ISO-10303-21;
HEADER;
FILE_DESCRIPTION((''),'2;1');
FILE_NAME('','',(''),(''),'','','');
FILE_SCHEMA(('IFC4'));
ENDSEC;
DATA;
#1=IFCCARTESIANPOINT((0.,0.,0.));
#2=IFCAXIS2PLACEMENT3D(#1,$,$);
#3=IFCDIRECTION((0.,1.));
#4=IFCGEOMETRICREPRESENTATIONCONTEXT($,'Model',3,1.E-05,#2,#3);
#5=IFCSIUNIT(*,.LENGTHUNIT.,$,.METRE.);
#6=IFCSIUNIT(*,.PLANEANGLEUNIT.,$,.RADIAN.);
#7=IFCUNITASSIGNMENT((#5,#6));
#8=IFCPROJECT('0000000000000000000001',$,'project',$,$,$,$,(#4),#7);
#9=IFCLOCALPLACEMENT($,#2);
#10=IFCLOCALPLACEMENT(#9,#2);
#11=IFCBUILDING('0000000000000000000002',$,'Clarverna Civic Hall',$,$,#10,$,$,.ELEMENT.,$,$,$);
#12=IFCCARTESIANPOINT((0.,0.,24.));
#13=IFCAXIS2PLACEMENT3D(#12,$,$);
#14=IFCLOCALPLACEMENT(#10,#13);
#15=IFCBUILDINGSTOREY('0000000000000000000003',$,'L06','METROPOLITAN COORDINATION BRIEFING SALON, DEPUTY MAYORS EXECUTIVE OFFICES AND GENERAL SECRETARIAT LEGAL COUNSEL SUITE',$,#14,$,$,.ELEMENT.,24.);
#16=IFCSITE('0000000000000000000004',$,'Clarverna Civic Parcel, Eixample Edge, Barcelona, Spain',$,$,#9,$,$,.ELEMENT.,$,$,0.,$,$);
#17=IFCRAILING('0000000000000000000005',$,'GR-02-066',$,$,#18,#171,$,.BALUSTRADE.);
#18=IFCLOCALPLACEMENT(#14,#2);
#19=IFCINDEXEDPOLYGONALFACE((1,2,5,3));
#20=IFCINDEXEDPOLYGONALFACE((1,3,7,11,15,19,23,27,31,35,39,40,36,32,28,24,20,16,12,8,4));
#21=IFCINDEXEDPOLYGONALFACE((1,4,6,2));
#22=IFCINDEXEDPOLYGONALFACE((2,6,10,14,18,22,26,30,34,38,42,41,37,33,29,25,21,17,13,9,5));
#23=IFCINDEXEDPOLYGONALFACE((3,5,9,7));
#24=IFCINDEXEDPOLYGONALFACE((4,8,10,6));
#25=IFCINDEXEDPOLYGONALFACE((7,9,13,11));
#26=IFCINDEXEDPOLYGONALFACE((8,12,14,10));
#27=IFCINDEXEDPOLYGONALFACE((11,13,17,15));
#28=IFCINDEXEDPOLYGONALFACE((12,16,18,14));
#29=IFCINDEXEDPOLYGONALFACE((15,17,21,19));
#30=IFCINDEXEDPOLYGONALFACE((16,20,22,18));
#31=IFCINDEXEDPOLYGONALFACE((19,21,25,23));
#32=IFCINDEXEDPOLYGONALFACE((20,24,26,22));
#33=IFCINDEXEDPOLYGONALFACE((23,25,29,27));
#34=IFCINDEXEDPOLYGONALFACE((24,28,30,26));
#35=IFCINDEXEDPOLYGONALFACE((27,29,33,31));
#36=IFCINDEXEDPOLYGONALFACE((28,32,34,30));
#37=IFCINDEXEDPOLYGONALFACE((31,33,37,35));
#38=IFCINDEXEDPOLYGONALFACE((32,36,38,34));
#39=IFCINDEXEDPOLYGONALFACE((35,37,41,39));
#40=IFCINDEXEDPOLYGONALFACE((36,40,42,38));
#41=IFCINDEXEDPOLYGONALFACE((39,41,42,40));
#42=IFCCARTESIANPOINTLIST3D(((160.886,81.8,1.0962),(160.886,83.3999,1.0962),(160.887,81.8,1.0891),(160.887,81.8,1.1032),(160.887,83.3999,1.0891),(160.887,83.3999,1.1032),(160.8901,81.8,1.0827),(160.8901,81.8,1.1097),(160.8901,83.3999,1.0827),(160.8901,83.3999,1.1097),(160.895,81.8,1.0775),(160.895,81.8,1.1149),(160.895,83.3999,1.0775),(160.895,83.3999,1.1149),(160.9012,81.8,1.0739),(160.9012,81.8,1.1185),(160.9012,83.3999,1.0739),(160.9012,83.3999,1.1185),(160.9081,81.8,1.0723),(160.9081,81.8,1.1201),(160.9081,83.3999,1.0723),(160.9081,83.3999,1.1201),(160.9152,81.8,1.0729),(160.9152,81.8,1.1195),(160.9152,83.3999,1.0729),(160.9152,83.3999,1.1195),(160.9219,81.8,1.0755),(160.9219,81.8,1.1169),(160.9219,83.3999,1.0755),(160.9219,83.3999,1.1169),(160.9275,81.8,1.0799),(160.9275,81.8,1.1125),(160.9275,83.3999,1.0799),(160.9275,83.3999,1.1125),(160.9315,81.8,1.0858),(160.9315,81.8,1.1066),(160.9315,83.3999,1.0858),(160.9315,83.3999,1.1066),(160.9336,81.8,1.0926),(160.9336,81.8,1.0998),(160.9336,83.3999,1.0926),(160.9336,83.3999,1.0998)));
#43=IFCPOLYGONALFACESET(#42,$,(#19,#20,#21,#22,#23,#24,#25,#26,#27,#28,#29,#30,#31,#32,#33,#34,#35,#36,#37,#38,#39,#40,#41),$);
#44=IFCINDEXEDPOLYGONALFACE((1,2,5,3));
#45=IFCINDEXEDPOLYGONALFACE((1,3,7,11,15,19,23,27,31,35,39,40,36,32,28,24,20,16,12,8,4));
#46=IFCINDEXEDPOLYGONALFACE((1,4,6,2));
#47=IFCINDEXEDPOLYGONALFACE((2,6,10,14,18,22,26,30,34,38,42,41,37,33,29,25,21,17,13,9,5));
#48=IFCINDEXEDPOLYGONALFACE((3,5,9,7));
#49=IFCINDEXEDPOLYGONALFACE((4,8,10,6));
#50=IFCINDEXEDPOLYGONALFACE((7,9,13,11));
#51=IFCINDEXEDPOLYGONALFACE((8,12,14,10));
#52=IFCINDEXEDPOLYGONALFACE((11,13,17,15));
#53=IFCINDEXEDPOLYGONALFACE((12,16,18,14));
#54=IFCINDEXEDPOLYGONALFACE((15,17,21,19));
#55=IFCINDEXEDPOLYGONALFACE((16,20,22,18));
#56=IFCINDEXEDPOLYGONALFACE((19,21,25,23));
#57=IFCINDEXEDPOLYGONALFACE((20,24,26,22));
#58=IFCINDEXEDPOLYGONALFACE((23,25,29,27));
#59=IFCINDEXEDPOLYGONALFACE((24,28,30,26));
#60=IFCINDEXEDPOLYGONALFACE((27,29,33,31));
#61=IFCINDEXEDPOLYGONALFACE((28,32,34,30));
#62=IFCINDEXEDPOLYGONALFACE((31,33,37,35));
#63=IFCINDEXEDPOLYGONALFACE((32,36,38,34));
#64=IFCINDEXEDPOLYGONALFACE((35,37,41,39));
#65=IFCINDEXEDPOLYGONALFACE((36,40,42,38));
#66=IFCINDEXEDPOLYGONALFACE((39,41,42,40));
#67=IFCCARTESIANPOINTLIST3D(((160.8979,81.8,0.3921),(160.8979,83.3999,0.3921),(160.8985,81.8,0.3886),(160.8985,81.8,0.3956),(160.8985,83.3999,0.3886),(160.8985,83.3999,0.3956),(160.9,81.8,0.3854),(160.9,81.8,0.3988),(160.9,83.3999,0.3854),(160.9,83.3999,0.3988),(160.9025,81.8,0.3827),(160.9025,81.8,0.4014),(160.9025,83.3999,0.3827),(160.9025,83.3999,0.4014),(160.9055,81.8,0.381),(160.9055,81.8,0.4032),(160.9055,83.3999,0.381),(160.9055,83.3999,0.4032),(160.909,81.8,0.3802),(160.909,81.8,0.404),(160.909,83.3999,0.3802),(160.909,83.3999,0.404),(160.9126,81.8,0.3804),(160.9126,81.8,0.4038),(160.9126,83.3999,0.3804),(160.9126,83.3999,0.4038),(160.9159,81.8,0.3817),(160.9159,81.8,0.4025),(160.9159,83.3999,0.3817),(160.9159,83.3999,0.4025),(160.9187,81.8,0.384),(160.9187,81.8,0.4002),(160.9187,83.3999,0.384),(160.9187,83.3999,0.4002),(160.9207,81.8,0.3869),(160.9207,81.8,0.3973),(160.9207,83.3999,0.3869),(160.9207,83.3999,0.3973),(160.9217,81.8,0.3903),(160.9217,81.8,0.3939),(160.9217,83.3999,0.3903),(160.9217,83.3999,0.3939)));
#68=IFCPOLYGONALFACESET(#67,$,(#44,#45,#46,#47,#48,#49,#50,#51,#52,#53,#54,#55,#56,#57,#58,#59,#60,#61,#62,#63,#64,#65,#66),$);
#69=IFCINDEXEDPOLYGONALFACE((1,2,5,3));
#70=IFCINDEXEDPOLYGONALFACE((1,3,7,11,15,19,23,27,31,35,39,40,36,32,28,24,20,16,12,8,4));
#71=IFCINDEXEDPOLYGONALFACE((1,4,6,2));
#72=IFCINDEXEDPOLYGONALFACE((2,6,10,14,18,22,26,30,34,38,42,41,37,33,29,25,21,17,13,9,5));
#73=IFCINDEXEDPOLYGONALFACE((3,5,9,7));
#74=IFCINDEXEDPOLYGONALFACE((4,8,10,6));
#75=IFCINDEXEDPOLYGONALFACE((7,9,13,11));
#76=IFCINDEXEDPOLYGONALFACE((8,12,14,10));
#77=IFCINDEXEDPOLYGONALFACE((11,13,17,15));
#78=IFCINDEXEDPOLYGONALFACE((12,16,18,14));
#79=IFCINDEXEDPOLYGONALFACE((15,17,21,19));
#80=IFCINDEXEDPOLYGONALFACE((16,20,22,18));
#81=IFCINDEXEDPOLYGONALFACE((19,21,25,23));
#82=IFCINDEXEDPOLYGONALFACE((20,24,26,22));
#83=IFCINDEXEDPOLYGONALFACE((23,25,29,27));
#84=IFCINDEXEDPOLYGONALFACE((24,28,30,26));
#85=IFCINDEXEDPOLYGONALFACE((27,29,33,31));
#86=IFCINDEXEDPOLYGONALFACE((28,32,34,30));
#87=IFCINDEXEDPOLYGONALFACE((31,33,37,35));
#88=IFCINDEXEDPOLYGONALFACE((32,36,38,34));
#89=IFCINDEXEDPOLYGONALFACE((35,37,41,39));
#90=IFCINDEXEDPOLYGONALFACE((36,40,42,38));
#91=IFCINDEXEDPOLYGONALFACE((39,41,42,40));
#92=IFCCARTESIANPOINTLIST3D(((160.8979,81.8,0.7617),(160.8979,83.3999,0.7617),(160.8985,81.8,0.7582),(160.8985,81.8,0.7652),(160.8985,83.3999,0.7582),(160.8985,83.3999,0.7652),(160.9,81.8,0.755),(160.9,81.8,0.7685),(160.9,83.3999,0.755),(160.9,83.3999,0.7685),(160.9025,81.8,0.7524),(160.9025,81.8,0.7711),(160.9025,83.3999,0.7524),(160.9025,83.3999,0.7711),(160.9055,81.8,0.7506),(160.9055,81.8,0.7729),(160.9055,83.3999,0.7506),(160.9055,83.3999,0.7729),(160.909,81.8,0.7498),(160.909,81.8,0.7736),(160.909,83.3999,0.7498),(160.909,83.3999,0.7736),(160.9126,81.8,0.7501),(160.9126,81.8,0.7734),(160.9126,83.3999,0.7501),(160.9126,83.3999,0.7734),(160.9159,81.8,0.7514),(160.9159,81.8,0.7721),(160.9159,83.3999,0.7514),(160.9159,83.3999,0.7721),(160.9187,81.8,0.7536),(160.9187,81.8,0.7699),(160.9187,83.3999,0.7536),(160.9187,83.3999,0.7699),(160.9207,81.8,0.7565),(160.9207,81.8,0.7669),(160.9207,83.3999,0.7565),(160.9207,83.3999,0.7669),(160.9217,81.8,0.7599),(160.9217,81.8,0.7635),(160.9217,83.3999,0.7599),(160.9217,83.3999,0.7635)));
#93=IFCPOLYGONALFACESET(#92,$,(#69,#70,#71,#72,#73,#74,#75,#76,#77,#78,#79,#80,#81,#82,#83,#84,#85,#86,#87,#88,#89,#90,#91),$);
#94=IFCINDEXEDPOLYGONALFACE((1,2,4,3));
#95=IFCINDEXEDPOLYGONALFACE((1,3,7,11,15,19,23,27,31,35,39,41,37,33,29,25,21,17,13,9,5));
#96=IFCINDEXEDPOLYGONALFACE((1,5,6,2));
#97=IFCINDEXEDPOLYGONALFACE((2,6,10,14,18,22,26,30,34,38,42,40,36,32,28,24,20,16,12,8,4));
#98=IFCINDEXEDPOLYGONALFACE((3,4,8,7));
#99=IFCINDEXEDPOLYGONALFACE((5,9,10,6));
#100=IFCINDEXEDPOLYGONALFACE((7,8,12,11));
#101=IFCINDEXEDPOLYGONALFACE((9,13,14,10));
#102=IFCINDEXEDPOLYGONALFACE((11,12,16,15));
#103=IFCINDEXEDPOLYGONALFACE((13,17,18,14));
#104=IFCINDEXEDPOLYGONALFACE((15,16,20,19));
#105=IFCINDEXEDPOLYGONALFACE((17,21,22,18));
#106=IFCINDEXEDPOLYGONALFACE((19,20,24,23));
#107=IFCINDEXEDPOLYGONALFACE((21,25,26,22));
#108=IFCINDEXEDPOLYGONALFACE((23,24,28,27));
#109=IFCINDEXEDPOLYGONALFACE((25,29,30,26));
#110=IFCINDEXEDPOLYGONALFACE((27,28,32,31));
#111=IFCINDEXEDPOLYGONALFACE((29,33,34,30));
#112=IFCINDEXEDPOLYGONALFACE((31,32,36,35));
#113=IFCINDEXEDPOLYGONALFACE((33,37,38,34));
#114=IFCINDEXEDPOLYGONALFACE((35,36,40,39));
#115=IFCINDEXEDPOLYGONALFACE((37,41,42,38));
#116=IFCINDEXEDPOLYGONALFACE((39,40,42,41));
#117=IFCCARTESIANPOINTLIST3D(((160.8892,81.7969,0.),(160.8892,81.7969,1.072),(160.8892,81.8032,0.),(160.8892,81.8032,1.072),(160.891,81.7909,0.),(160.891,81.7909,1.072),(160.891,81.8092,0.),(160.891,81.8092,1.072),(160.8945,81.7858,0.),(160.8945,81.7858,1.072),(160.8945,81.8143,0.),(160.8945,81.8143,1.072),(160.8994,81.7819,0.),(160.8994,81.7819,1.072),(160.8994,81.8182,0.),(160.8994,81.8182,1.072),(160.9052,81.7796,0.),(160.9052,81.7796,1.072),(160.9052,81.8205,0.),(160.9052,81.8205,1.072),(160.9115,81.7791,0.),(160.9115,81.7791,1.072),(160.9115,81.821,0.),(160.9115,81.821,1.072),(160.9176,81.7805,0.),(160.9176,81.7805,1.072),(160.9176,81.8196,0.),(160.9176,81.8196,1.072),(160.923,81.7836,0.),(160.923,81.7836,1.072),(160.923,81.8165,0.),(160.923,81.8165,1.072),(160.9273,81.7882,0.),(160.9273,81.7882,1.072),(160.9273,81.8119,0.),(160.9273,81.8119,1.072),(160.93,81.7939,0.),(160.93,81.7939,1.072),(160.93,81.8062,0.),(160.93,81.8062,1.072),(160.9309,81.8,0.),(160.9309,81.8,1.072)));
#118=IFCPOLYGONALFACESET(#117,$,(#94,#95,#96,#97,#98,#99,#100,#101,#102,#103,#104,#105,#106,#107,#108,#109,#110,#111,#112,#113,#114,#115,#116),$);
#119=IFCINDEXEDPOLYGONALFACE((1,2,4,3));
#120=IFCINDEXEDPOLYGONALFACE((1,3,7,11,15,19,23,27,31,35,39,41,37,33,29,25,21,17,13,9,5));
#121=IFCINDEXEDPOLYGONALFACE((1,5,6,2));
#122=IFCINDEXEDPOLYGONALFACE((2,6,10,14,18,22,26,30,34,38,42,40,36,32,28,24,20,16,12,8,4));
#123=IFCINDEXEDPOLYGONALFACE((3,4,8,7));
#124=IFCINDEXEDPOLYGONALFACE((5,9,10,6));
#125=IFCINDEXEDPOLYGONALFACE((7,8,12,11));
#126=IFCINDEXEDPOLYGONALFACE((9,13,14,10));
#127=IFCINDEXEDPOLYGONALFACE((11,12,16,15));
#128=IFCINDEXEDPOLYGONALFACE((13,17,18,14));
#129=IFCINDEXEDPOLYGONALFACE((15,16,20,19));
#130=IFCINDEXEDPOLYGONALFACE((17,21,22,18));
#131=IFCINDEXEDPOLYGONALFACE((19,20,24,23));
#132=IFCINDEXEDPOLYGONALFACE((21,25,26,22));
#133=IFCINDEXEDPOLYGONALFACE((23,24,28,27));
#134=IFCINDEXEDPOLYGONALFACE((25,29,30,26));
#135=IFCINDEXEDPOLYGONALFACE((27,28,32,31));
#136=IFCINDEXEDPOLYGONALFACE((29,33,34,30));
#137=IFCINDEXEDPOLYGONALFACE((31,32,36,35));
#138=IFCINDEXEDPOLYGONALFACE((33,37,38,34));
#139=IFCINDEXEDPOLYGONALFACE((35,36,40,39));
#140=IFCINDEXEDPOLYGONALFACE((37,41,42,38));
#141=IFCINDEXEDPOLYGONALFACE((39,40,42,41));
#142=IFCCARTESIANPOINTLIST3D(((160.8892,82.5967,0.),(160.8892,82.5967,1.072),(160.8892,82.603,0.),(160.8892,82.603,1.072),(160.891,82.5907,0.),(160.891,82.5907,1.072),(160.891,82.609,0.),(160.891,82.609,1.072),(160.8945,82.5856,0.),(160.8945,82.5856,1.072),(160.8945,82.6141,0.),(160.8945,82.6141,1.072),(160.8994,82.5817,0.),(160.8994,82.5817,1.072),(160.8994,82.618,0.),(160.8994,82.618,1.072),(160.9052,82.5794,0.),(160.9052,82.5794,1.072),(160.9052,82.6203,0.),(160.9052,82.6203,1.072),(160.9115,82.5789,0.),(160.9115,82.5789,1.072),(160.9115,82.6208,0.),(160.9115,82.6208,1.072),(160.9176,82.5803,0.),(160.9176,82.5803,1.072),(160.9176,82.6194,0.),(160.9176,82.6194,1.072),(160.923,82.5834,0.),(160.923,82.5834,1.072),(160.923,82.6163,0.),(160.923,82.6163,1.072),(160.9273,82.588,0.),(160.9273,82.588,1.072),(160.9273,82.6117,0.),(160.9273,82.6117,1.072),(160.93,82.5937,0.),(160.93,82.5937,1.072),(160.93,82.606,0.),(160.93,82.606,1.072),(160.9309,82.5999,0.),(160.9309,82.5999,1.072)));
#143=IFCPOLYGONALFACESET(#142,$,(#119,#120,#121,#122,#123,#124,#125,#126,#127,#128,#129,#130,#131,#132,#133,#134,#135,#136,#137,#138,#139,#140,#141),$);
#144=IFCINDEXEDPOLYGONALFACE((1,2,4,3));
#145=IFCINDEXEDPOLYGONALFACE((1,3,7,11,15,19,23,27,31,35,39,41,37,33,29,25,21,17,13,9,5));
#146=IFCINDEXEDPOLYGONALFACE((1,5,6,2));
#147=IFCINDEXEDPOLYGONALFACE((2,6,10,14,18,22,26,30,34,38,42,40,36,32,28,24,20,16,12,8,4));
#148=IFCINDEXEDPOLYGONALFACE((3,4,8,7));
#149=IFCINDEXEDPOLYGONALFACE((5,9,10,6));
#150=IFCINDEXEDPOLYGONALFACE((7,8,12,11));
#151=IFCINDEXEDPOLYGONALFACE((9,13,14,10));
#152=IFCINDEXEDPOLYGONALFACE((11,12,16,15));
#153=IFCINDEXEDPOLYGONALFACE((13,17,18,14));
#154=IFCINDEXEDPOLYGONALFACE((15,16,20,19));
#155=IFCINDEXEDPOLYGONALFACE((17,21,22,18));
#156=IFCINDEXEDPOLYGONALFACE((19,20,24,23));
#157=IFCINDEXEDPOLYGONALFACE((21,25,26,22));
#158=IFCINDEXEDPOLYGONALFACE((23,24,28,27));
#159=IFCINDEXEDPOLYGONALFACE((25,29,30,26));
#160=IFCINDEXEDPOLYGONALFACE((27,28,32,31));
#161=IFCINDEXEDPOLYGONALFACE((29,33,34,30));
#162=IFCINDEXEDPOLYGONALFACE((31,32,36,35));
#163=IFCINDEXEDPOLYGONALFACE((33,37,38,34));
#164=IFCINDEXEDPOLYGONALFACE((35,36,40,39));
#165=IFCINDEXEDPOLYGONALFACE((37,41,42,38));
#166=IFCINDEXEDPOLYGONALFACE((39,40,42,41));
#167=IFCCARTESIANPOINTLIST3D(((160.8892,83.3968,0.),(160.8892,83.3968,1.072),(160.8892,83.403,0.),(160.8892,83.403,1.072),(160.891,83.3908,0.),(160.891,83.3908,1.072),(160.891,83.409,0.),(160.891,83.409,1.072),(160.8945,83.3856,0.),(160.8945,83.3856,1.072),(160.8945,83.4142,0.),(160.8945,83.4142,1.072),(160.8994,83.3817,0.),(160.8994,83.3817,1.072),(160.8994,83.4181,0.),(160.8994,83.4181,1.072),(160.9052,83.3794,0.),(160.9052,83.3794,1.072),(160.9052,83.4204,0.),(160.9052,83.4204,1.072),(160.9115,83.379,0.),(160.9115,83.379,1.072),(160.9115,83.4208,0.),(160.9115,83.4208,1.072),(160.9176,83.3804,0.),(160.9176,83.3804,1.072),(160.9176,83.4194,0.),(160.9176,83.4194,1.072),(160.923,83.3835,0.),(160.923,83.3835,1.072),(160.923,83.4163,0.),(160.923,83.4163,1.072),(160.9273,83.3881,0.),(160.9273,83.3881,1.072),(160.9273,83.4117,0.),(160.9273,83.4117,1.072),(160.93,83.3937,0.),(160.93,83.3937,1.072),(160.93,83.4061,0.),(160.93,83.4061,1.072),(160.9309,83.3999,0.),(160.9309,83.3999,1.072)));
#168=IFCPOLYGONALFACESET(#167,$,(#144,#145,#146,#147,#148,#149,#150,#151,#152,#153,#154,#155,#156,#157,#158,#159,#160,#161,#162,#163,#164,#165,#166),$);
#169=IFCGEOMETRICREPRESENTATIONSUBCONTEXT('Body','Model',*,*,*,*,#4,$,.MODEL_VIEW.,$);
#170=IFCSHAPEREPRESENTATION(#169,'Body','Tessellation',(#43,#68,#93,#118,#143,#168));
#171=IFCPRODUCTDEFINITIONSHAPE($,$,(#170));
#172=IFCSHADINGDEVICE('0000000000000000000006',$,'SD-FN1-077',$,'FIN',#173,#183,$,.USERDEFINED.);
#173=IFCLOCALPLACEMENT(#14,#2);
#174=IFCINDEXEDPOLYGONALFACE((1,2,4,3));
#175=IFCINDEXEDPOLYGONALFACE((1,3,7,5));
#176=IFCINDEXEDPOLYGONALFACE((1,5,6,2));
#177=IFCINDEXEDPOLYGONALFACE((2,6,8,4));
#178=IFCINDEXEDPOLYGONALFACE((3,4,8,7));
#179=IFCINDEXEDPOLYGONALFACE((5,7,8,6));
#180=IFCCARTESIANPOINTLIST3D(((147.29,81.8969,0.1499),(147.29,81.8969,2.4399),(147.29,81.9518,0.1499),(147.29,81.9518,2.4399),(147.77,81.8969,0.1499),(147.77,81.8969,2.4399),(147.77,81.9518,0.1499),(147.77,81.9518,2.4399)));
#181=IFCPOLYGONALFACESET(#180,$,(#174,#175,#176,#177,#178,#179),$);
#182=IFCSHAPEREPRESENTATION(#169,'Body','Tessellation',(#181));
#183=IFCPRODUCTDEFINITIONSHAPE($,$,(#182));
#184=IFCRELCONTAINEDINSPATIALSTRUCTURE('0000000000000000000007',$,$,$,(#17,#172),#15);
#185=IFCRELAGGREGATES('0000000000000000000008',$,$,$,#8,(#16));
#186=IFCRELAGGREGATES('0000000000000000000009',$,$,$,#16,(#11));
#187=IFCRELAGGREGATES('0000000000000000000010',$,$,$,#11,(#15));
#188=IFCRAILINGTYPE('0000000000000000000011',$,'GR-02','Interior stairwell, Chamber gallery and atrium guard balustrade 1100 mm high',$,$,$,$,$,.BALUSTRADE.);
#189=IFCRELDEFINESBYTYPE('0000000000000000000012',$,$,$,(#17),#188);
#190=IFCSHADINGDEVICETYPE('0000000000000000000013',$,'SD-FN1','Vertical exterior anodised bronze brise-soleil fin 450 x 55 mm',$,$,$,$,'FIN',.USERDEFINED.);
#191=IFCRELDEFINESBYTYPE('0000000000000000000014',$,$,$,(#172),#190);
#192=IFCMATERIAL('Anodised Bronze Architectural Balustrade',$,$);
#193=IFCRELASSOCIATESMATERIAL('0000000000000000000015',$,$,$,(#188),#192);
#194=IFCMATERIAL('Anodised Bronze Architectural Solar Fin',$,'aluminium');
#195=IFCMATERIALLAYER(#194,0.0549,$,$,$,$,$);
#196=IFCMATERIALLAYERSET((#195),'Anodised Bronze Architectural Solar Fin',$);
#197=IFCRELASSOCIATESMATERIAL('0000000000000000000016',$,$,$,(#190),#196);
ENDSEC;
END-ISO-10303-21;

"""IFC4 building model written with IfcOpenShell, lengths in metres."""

from ifc_helpers import new_model, si_unit, direction, frame, frame_2d, origin, origin_2d, place, context, subcontext, project, spatial, rectangle, circle, extrude, material, layer, layer_set, type_object, element, save


model = new_model("IFC4")

# Units and contexts
model_context = context("Model", 3, precision=1e-05, world=origin(), true_north=direction((0.0, 1.0)))
body_context = subcontext(model_context, "Body", "Model", "MODEL_VIEW")
ifc_project = project(units=[si_unit("LENGTHUNIT", "METRE"), si_unit("PLANEANGLEUNIT", "RADIAN")], contexts=[model_context])

# Site, building, storey
site_placement = place(None, origin())
site = spatial("IfcSite", under=ifc_project, at=site_placement, Name="Clarverna Civic Parcel, Eixample Edge, Barcelona, Spain", CompositionType="ELEMENT", RefElevation=0.0)
building_placement = place(site_placement, origin())
building = spatial("IfcBuilding", under=site, at=building_placement, Name="Clarverna Civic Hall", CompositionType="ELEMENT")
storey_placement = place(building_placement, frame((0.0, 0.0, 24.0)))
storey = spatial("IfcBuildingStorey", under=building, at=storey_placement, Name="L06", Description="METROPOLITAN COORDINATION BRIEFING SALON, DEPUTY MAYORS EXECUTIVE OFFICES AND GENERAL SECRETARIAT LEGAL COUNSEL SUITE", CompositionType="ELEMENT", Elevation=24.0)

# Railing
ifc_material_1 = material(Name="Anodised Bronze Architectural Balustrade")
railing_type = type_object("IfcRailingType", Name="GR-02", Description="Interior stairwell, Chamber gallery and atrium guard balustrade 1100 mm high", PredefinedType="BALUSTRADE", material=ifc_material_1)
railing_placement = place(storey_placement, frame((160.9099, 81.8, 0.0)))
element("IfcRailing", 1, at=railing_placement, inside=storey, type_object=railing_type, Name="GR-02-066", PredefinedType="BALUSTRADE", context=body_context, shape_type="SweptSolid", body=[
    extrude(circle(Radius=0.0239, at=origin_2d()), frame((0.0, 0.0, 1.0962), z_axis=(0.0, 1.0, 0.0), x_axis=(-1.0, 0.0, 0.0)), (0.0, 0.0, 1.0), 1.5999),
    extrude(circle(Radius=0.012, at=origin_2d()), frame((0.0, 0.0, 0.3921), z_axis=(0.0, 1.0, 0.0), x_axis=(-1.0, 0.0, 0.0)), (0.0, 0.0, 1.0), 1.5999),
    extrude(circle(Radius=0.012, at=origin_2d()), frame((0.0, 0.0, 0.7617), z_axis=(0.0, 1.0, 0.0), x_axis=(-1.0, 0.0, 0.0)), (0.0, 0.0, 1.0), 1.5999),
    extrude(circle(Radius=0.021, at=origin_2d()), origin(), (0.0, 0.0, 1.0), 1.072),
    extrude(circle(Radius=0.021, at=origin_2d()), frame((0.0, 0.7998, 0.0)), (0.0, 0.0, 1.0), 1.072),
    extrude(circle(Radius=0.021, at=origin_2d()), frame((0.0, 1.5999, 0.0)), (0.0, 0.0, 1.0), 1.072),
])

# Shading device
ifc_material_2 = material(Name="Anodised Bronze Architectural Solar Fin", Category="aluminium")
ifc_layer_1 = layer(ifc_material_2, 0.0549)
ifc_layer_set_1 = layer_set([ifc_layer_1], Name="Anodised Bronze Architectural Solar Fin")
shading_device_type = type_object("IfcShadingDeviceType", Name="SD-FN1", Description="Vertical exterior anodised bronze brise-soleil fin 450 x 55 mm", ElementType="FIN", PredefinedType="USERDEFINED", material=ifc_layer_set_1)
shading_device_placement = place(storey_placement, frame((147.77, 81.9243, 0.1499), z_axis=(0.0, 0.0, 1.0), x_axis=(-1.0, 0.0, 0.0)))
element("IfcShadingDevice", 2, at=shading_device_placement, inside=storey, type_object=shading_device_type, Name="SD-FN1-077", ObjectType="FIN", PredefinedType="USERDEFINED", context=body_context, shape_type="SweptSolid", body=[
    extrude(rectangle(XDim=0.48, YDim=0.0549, at=frame_2d((0.24, 0.0))), origin(), (0.0, 0.0, 1.0), 2.29),
])

save(model, "model.ifc")
